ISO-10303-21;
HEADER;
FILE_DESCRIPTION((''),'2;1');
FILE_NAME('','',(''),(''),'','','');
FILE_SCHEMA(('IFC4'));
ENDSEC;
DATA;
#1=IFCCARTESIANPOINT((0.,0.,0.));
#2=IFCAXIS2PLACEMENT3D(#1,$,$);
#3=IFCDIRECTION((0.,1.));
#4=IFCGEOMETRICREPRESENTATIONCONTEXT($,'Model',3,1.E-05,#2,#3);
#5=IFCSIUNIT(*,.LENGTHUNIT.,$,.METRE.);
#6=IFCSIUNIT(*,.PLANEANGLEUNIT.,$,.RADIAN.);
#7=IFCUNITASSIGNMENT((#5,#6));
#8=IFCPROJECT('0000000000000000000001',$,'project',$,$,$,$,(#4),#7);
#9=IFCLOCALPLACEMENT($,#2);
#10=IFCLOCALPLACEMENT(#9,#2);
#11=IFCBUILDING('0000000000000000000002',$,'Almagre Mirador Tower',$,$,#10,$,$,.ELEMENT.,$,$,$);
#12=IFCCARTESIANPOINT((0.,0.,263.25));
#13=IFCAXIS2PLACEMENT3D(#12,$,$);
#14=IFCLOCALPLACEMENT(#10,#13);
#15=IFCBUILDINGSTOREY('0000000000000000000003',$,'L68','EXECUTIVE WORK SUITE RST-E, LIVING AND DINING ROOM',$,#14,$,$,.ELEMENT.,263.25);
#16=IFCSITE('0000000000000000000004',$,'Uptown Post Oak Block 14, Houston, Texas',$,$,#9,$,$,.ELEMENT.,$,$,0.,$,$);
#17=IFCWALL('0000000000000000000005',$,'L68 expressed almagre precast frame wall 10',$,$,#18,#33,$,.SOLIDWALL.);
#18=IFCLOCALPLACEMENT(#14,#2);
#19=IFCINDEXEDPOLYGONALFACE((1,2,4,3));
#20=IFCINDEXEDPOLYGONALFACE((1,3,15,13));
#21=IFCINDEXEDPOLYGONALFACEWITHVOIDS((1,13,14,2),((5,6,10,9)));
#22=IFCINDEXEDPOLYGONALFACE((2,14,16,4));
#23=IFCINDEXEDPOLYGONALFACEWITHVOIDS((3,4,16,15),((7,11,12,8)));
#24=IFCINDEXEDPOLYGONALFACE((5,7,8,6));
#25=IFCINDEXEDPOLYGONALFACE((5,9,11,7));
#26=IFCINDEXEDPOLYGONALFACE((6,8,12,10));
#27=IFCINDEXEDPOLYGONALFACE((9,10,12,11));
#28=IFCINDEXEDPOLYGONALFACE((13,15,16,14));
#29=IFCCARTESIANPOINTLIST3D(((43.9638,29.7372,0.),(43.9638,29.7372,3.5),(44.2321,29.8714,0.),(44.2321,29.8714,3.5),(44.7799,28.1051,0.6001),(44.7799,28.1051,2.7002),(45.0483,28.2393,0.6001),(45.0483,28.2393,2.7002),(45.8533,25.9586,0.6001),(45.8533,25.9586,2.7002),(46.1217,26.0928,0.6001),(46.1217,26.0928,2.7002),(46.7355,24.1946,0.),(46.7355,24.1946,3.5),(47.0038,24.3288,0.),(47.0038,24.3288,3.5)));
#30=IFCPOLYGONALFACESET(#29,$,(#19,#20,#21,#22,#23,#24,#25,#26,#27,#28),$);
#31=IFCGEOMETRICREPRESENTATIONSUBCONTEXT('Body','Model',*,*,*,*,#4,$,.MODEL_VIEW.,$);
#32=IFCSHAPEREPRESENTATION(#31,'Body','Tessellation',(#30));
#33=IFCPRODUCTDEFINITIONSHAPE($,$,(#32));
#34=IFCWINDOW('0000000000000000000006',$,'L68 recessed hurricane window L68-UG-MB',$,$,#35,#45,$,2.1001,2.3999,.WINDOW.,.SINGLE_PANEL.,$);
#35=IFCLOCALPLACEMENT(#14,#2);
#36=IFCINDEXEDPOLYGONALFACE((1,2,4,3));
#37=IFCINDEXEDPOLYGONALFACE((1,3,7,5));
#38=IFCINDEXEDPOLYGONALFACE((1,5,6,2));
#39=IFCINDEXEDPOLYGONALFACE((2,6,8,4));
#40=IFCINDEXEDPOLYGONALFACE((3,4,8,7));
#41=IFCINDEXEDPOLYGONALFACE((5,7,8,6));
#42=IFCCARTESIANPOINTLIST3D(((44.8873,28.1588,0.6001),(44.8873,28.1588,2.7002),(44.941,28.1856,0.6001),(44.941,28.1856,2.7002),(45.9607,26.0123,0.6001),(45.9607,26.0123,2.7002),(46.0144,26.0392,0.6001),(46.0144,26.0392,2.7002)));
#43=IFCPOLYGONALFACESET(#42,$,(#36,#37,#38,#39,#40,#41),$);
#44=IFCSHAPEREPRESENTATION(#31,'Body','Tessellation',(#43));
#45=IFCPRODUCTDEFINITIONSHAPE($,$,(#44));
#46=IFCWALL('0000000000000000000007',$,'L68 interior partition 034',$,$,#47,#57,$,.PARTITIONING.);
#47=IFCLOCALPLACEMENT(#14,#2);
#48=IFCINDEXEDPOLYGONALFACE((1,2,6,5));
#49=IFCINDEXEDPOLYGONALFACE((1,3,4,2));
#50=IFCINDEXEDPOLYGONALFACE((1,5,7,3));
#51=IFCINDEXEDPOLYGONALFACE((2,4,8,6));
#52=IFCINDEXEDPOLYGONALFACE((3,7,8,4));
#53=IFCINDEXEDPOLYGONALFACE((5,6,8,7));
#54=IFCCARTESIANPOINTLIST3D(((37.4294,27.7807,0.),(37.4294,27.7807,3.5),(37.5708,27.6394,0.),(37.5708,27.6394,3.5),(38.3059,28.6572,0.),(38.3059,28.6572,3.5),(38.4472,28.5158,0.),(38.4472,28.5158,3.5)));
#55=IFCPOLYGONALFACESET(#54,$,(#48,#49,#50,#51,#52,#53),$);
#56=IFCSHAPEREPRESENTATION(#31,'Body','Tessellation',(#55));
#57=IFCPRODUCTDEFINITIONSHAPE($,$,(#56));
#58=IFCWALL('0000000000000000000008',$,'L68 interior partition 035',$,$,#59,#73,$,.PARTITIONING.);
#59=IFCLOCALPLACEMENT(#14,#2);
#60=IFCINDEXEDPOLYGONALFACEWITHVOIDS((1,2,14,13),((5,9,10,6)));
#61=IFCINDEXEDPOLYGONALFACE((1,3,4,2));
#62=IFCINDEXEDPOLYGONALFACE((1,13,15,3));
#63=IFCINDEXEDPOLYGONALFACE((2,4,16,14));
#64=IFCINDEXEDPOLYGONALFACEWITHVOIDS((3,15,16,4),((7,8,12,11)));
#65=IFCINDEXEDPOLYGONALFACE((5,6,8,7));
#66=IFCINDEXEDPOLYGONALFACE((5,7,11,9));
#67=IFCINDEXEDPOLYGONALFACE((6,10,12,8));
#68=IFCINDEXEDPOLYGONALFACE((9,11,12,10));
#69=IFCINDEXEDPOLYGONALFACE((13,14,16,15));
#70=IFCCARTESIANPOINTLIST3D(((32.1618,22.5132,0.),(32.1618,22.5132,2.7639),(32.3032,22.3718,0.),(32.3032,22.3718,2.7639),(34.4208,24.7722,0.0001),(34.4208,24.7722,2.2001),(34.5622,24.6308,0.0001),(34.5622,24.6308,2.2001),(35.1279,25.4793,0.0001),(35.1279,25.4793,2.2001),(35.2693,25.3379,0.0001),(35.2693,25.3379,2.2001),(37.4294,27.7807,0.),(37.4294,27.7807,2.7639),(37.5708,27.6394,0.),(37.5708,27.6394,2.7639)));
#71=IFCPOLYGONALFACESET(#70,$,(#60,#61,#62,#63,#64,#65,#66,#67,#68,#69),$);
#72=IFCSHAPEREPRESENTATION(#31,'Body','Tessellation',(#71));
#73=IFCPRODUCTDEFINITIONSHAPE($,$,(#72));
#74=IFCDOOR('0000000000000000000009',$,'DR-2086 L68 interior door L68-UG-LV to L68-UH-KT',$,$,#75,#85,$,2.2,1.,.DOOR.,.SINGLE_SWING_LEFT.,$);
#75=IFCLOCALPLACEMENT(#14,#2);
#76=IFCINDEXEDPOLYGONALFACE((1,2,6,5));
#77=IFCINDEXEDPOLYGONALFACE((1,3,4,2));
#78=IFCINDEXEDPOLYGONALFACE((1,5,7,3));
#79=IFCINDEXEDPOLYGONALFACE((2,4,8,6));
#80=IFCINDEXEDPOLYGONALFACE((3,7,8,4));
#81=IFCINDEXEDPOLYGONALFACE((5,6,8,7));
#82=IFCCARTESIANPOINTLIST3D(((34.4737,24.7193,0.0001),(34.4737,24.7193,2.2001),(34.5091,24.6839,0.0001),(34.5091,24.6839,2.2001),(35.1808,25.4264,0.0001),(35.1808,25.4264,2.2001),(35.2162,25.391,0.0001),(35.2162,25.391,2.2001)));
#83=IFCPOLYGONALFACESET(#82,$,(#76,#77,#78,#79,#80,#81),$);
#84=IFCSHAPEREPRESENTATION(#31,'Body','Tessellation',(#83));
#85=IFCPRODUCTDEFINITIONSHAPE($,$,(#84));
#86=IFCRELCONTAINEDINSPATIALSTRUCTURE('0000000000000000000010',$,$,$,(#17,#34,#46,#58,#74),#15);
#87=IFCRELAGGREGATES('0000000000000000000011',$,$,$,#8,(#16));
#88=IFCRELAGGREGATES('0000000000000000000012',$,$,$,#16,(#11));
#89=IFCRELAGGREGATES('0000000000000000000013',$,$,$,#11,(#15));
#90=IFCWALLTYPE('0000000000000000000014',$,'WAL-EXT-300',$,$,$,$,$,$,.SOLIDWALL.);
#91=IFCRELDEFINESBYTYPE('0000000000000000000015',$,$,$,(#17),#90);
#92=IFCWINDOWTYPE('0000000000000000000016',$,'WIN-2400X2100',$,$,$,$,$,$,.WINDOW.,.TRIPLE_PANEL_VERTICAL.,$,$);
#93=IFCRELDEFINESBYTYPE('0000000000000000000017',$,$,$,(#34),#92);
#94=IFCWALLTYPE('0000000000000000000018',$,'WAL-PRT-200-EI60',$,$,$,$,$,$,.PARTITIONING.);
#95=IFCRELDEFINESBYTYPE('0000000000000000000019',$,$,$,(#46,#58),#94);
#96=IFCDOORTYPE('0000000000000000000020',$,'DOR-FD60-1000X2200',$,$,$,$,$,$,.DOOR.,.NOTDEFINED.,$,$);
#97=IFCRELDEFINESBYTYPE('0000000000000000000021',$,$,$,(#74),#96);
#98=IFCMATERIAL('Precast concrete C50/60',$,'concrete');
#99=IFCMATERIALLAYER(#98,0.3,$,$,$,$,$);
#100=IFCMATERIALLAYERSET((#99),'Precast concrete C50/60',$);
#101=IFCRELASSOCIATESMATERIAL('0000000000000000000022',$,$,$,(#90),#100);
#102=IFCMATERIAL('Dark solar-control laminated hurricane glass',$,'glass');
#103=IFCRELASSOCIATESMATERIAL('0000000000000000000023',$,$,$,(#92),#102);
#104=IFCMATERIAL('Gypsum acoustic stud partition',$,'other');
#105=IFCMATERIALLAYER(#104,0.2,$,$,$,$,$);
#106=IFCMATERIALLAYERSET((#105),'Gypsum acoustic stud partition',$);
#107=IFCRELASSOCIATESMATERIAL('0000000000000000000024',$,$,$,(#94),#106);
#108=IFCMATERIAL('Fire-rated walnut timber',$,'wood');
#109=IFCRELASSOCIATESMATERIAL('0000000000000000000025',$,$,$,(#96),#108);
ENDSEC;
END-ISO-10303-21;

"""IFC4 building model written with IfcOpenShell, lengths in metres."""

from ifc_helpers import new_model, si_unit, direction, frame, frame_2d, origin, place, context, subcontext, project, spatial, rectangle, extrude, material, layer, layer_set, type_object, element, fill, save


model = new_model("IFC4")

# Units and contexts
model_context = context("Model", 3, precision=1e-05, world=origin(), true_north=direction((0.0, 1.0)))
body_context = subcontext(model_context, "Body", "Model", "MODEL_VIEW")
ifc_project = project(units=[si_unit("LENGTHUNIT", "METRE"), si_unit("PLANEANGLEUNIT", "RADIAN")], contexts=[model_context])

# Site, building, storey
site_placement = place(None, origin())
site = spatial("IfcSite", under=ifc_project, at=site_placement, Name="Uptown Post Oak Block 14, Houston, Texas", CompositionType="ELEMENT", RefElevation=0.0)
building_placement = place(site_placement, origin())
building = spatial("IfcBuilding", under=site, at=building_placement, Name="Almagre Mirador Tower", CompositionType="ELEMENT")
storey_placement = place(building_placement, frame((0.0, 0.0, 263.25)))
storey = spatial("IfcBuildingStorey", under=building, at=storey_placement, Name="L68", Description="EXECUTIVE WORK SUITE RST-E, LIVING AND DINING ROOM", CompositionType="ELEMENT", Elevation=263.25)

# Shared definitions
ifc_material_1 = material(Name="Precast concrete C50/60", Category="concrete")
ifc_layer_1 = layer(ifc_material_1, 0.3)
ifc_layer_set_1 = layer_set([ifc_layer_1], Name="Precast concrete C50/60")
wall_type_1 = type_object("IfcWallType", Name="WAL-EXT-300", PredefinedType="SOLIDWALL", material=ifc_layer_set_1)

# Wall, opening, window
wall_1_placement = place(storey_placement, frame((44.0979, 29.8044, 0.0), z_axis=(0.0, 0.0, 1.0), x_axis=(0.447261, -0.894404, 0.0)))
wall_1 = element("IfcWall", 1, at=wall_1_placement, inside=storey, type_object=wall_type_1, Name="L68 expressed almagre precast frame wall 10", PredefinedType="SOLIDWALL", context=body_context, shape_type="SweptSolid", body=[
    extrude(rectangle(XDim=6.197, YDim=0.3, at=frame_2d((3.0986, 0.0))), origin(), (0.0, 0.0, 1.0), 3.5),
])
opening_1_placement = place(wall_1_placement, frame((1.825, 0.0, 0.6001)))
opening_1 = element("IfcOpeningElement", 2, at=opening_1_placement, cuts=wall_1, PredefinedType="OPENING", context=body_context, shape_type="SweptSolid", body=[
    extrude(rectangle(XDim=2.3999, YDim=2.1001, at=frame_2d((1.2, 1.05))), frame((0.0, 0.1599, 0.0), z_axis=(0.0, -1.0, 0.0), x_axis=(1.0, 0.0, 0.0)), (0.0, 0.0, 1.0), 0.32),
])
ifc_material_2 = material(Name="Dark solar-control laminated hurricane glass", Category="glass")
window_type_1 = type_object("IfcWindowType", Name="WIN-2400X2100", PartitioningType="TRIPLE_PANEL_VERTICAL", PredefinedType="WINDOW", material=ifc_material_2)
window_1_placement = place(opening_1_placement, origin())
window_1 = element("IfcWindow", 3, at=window_1_placement, inside=storey, type_object=window_type_1, Name="L68 recessed hurricane window L68-UG-MB", OverallHeight=2.1001, OverallWidth=2.3999, PartitioningType="SINGLE_PANEL", PredefinedType="WINDOW", context=body_context, shape_type="SweptSolid", body=[
    extrude(rectangle(XDim=2.3999, YDim=2.1001, at=frame_2d((1.2, 1.05))), frame((0.0, 0.03, 0.0), z_axis=(0.0, -1.0, 0.0), x_axis=(1.0, 0.0, 0.0)), (0.0, 0.0, 1.0), 0.0601),
])
fill(opening_1, window_1)

# Wall
ifc_material_3 = material(Name="Gypsum acoustic stud partition", Category="other")
ifc_layer_2 = layer(ifc_material_3, 0.2)
ifc_layer_set_2 = layer_set([ifc_layer_2], Name="Gypsum acoustic stud partition")
wall_type_2 = type_object("IfcWallType", Name="WAL-PRT-200-EI60", PredefinedType="PARTITIONING", material=ifc_layer_set_2)
wall_2_placement = place(storey_placement, frame((38.3765, 28.5864, 0.0), z_axis=(0.0, 0.0, 1.0), x_axis=(-0.707107, -0.707107, 0.0)))
element("IfcWall", 4, at=wall_2_placement, inside=storey, type_object=wall_type_2, Name="L68 interior partition 034", PredefinedType="PARTITIONING", context=body_context, shape_type="SweptSolid", body=[
    extrude(rectangle(XDim=1.2395, YDim=0.2, at=frame_2d((0.6196, 0.0))), origin(), (0.0, 0.0, 1.0), 3.5),
])

# Wall, opening, door
wall_3_placement = place(storey_placement, frame((37.5, 27.71, 0.0), z_axis=(0.0, 0.0, 1.0), x_axis=(-0.707107, -0.707107, 0.0)))
wall_3 = element("IfcWall", 5, at=wall_3_placement, inside=storey, type_object=wall_type_2, Name="L68 interior partition 035", PredefinedType="PARTITIONING", context=body_context, shape_type="SweptSolid", body=[
    extrude(rectangle(XDim=7.4495, YDim=0.2, at=frame_2d((3.7246, 0.0))), origin(), (0.0, 0.0, 1.0), 2.7639),
])
opening_2_placement = place(wall_3_placement, frame((3.2546, 0.0, 0.0)))
opening_2 = element("IfcOpeningElement", 6, at=opening_2_placement, cuts=wall_3, PredefinedType="OPENING", context=body_context, shape_type="SweptSolid", body=[
    extrude(rectangle(XDim=1.0, YDim=2.2, at=frame_2d((0.5, 1.1001))), frame((0.0, 0.1101, 0.0), z_axis=(0.0, -1.0, 0.0), x_axis=(1.0, 0.0, 0.0)), (0.0, 0.0, 1.0), 0.22),
])
ifc_material_4 = material(Name="Fire-rated walnut timber", Category="wood")
door_type = type_object("IfcDoorType", Name="DOR-FD60-1000X2200", OperationType="NOTDEFINED", PredefinedType="DOOR", material=ifc_material_4)
door_placement = place(opening_2_placement, origin())
door = element("IfcDoor", 7, at=door_placement, inside=storey, type_object=door_type, Name="DR-2086 L68 interior door L68-UG-LV to L68-UH-KT", OperationType="SINGLE_SWING_LEFT", OverallHeight=2.2, OverallWidth=1.0, PredefinedType="DOOR", context=body_context, shape_type="SweptSolid", body=[
    extrude(rectangle(XDim=1.0, YDim=2.2, at=frame_2d((0.5, 1.1001))), frame((0.0, 0.0249, 0.0), z_axis=(0.0, -1.0, 0.0), x_axis=(1.0, 0.0, 0.0)), (0.0, 0.0, 1.0), 0.05),
])
fill(opening_2, door)

save(model, "model.ifc")
